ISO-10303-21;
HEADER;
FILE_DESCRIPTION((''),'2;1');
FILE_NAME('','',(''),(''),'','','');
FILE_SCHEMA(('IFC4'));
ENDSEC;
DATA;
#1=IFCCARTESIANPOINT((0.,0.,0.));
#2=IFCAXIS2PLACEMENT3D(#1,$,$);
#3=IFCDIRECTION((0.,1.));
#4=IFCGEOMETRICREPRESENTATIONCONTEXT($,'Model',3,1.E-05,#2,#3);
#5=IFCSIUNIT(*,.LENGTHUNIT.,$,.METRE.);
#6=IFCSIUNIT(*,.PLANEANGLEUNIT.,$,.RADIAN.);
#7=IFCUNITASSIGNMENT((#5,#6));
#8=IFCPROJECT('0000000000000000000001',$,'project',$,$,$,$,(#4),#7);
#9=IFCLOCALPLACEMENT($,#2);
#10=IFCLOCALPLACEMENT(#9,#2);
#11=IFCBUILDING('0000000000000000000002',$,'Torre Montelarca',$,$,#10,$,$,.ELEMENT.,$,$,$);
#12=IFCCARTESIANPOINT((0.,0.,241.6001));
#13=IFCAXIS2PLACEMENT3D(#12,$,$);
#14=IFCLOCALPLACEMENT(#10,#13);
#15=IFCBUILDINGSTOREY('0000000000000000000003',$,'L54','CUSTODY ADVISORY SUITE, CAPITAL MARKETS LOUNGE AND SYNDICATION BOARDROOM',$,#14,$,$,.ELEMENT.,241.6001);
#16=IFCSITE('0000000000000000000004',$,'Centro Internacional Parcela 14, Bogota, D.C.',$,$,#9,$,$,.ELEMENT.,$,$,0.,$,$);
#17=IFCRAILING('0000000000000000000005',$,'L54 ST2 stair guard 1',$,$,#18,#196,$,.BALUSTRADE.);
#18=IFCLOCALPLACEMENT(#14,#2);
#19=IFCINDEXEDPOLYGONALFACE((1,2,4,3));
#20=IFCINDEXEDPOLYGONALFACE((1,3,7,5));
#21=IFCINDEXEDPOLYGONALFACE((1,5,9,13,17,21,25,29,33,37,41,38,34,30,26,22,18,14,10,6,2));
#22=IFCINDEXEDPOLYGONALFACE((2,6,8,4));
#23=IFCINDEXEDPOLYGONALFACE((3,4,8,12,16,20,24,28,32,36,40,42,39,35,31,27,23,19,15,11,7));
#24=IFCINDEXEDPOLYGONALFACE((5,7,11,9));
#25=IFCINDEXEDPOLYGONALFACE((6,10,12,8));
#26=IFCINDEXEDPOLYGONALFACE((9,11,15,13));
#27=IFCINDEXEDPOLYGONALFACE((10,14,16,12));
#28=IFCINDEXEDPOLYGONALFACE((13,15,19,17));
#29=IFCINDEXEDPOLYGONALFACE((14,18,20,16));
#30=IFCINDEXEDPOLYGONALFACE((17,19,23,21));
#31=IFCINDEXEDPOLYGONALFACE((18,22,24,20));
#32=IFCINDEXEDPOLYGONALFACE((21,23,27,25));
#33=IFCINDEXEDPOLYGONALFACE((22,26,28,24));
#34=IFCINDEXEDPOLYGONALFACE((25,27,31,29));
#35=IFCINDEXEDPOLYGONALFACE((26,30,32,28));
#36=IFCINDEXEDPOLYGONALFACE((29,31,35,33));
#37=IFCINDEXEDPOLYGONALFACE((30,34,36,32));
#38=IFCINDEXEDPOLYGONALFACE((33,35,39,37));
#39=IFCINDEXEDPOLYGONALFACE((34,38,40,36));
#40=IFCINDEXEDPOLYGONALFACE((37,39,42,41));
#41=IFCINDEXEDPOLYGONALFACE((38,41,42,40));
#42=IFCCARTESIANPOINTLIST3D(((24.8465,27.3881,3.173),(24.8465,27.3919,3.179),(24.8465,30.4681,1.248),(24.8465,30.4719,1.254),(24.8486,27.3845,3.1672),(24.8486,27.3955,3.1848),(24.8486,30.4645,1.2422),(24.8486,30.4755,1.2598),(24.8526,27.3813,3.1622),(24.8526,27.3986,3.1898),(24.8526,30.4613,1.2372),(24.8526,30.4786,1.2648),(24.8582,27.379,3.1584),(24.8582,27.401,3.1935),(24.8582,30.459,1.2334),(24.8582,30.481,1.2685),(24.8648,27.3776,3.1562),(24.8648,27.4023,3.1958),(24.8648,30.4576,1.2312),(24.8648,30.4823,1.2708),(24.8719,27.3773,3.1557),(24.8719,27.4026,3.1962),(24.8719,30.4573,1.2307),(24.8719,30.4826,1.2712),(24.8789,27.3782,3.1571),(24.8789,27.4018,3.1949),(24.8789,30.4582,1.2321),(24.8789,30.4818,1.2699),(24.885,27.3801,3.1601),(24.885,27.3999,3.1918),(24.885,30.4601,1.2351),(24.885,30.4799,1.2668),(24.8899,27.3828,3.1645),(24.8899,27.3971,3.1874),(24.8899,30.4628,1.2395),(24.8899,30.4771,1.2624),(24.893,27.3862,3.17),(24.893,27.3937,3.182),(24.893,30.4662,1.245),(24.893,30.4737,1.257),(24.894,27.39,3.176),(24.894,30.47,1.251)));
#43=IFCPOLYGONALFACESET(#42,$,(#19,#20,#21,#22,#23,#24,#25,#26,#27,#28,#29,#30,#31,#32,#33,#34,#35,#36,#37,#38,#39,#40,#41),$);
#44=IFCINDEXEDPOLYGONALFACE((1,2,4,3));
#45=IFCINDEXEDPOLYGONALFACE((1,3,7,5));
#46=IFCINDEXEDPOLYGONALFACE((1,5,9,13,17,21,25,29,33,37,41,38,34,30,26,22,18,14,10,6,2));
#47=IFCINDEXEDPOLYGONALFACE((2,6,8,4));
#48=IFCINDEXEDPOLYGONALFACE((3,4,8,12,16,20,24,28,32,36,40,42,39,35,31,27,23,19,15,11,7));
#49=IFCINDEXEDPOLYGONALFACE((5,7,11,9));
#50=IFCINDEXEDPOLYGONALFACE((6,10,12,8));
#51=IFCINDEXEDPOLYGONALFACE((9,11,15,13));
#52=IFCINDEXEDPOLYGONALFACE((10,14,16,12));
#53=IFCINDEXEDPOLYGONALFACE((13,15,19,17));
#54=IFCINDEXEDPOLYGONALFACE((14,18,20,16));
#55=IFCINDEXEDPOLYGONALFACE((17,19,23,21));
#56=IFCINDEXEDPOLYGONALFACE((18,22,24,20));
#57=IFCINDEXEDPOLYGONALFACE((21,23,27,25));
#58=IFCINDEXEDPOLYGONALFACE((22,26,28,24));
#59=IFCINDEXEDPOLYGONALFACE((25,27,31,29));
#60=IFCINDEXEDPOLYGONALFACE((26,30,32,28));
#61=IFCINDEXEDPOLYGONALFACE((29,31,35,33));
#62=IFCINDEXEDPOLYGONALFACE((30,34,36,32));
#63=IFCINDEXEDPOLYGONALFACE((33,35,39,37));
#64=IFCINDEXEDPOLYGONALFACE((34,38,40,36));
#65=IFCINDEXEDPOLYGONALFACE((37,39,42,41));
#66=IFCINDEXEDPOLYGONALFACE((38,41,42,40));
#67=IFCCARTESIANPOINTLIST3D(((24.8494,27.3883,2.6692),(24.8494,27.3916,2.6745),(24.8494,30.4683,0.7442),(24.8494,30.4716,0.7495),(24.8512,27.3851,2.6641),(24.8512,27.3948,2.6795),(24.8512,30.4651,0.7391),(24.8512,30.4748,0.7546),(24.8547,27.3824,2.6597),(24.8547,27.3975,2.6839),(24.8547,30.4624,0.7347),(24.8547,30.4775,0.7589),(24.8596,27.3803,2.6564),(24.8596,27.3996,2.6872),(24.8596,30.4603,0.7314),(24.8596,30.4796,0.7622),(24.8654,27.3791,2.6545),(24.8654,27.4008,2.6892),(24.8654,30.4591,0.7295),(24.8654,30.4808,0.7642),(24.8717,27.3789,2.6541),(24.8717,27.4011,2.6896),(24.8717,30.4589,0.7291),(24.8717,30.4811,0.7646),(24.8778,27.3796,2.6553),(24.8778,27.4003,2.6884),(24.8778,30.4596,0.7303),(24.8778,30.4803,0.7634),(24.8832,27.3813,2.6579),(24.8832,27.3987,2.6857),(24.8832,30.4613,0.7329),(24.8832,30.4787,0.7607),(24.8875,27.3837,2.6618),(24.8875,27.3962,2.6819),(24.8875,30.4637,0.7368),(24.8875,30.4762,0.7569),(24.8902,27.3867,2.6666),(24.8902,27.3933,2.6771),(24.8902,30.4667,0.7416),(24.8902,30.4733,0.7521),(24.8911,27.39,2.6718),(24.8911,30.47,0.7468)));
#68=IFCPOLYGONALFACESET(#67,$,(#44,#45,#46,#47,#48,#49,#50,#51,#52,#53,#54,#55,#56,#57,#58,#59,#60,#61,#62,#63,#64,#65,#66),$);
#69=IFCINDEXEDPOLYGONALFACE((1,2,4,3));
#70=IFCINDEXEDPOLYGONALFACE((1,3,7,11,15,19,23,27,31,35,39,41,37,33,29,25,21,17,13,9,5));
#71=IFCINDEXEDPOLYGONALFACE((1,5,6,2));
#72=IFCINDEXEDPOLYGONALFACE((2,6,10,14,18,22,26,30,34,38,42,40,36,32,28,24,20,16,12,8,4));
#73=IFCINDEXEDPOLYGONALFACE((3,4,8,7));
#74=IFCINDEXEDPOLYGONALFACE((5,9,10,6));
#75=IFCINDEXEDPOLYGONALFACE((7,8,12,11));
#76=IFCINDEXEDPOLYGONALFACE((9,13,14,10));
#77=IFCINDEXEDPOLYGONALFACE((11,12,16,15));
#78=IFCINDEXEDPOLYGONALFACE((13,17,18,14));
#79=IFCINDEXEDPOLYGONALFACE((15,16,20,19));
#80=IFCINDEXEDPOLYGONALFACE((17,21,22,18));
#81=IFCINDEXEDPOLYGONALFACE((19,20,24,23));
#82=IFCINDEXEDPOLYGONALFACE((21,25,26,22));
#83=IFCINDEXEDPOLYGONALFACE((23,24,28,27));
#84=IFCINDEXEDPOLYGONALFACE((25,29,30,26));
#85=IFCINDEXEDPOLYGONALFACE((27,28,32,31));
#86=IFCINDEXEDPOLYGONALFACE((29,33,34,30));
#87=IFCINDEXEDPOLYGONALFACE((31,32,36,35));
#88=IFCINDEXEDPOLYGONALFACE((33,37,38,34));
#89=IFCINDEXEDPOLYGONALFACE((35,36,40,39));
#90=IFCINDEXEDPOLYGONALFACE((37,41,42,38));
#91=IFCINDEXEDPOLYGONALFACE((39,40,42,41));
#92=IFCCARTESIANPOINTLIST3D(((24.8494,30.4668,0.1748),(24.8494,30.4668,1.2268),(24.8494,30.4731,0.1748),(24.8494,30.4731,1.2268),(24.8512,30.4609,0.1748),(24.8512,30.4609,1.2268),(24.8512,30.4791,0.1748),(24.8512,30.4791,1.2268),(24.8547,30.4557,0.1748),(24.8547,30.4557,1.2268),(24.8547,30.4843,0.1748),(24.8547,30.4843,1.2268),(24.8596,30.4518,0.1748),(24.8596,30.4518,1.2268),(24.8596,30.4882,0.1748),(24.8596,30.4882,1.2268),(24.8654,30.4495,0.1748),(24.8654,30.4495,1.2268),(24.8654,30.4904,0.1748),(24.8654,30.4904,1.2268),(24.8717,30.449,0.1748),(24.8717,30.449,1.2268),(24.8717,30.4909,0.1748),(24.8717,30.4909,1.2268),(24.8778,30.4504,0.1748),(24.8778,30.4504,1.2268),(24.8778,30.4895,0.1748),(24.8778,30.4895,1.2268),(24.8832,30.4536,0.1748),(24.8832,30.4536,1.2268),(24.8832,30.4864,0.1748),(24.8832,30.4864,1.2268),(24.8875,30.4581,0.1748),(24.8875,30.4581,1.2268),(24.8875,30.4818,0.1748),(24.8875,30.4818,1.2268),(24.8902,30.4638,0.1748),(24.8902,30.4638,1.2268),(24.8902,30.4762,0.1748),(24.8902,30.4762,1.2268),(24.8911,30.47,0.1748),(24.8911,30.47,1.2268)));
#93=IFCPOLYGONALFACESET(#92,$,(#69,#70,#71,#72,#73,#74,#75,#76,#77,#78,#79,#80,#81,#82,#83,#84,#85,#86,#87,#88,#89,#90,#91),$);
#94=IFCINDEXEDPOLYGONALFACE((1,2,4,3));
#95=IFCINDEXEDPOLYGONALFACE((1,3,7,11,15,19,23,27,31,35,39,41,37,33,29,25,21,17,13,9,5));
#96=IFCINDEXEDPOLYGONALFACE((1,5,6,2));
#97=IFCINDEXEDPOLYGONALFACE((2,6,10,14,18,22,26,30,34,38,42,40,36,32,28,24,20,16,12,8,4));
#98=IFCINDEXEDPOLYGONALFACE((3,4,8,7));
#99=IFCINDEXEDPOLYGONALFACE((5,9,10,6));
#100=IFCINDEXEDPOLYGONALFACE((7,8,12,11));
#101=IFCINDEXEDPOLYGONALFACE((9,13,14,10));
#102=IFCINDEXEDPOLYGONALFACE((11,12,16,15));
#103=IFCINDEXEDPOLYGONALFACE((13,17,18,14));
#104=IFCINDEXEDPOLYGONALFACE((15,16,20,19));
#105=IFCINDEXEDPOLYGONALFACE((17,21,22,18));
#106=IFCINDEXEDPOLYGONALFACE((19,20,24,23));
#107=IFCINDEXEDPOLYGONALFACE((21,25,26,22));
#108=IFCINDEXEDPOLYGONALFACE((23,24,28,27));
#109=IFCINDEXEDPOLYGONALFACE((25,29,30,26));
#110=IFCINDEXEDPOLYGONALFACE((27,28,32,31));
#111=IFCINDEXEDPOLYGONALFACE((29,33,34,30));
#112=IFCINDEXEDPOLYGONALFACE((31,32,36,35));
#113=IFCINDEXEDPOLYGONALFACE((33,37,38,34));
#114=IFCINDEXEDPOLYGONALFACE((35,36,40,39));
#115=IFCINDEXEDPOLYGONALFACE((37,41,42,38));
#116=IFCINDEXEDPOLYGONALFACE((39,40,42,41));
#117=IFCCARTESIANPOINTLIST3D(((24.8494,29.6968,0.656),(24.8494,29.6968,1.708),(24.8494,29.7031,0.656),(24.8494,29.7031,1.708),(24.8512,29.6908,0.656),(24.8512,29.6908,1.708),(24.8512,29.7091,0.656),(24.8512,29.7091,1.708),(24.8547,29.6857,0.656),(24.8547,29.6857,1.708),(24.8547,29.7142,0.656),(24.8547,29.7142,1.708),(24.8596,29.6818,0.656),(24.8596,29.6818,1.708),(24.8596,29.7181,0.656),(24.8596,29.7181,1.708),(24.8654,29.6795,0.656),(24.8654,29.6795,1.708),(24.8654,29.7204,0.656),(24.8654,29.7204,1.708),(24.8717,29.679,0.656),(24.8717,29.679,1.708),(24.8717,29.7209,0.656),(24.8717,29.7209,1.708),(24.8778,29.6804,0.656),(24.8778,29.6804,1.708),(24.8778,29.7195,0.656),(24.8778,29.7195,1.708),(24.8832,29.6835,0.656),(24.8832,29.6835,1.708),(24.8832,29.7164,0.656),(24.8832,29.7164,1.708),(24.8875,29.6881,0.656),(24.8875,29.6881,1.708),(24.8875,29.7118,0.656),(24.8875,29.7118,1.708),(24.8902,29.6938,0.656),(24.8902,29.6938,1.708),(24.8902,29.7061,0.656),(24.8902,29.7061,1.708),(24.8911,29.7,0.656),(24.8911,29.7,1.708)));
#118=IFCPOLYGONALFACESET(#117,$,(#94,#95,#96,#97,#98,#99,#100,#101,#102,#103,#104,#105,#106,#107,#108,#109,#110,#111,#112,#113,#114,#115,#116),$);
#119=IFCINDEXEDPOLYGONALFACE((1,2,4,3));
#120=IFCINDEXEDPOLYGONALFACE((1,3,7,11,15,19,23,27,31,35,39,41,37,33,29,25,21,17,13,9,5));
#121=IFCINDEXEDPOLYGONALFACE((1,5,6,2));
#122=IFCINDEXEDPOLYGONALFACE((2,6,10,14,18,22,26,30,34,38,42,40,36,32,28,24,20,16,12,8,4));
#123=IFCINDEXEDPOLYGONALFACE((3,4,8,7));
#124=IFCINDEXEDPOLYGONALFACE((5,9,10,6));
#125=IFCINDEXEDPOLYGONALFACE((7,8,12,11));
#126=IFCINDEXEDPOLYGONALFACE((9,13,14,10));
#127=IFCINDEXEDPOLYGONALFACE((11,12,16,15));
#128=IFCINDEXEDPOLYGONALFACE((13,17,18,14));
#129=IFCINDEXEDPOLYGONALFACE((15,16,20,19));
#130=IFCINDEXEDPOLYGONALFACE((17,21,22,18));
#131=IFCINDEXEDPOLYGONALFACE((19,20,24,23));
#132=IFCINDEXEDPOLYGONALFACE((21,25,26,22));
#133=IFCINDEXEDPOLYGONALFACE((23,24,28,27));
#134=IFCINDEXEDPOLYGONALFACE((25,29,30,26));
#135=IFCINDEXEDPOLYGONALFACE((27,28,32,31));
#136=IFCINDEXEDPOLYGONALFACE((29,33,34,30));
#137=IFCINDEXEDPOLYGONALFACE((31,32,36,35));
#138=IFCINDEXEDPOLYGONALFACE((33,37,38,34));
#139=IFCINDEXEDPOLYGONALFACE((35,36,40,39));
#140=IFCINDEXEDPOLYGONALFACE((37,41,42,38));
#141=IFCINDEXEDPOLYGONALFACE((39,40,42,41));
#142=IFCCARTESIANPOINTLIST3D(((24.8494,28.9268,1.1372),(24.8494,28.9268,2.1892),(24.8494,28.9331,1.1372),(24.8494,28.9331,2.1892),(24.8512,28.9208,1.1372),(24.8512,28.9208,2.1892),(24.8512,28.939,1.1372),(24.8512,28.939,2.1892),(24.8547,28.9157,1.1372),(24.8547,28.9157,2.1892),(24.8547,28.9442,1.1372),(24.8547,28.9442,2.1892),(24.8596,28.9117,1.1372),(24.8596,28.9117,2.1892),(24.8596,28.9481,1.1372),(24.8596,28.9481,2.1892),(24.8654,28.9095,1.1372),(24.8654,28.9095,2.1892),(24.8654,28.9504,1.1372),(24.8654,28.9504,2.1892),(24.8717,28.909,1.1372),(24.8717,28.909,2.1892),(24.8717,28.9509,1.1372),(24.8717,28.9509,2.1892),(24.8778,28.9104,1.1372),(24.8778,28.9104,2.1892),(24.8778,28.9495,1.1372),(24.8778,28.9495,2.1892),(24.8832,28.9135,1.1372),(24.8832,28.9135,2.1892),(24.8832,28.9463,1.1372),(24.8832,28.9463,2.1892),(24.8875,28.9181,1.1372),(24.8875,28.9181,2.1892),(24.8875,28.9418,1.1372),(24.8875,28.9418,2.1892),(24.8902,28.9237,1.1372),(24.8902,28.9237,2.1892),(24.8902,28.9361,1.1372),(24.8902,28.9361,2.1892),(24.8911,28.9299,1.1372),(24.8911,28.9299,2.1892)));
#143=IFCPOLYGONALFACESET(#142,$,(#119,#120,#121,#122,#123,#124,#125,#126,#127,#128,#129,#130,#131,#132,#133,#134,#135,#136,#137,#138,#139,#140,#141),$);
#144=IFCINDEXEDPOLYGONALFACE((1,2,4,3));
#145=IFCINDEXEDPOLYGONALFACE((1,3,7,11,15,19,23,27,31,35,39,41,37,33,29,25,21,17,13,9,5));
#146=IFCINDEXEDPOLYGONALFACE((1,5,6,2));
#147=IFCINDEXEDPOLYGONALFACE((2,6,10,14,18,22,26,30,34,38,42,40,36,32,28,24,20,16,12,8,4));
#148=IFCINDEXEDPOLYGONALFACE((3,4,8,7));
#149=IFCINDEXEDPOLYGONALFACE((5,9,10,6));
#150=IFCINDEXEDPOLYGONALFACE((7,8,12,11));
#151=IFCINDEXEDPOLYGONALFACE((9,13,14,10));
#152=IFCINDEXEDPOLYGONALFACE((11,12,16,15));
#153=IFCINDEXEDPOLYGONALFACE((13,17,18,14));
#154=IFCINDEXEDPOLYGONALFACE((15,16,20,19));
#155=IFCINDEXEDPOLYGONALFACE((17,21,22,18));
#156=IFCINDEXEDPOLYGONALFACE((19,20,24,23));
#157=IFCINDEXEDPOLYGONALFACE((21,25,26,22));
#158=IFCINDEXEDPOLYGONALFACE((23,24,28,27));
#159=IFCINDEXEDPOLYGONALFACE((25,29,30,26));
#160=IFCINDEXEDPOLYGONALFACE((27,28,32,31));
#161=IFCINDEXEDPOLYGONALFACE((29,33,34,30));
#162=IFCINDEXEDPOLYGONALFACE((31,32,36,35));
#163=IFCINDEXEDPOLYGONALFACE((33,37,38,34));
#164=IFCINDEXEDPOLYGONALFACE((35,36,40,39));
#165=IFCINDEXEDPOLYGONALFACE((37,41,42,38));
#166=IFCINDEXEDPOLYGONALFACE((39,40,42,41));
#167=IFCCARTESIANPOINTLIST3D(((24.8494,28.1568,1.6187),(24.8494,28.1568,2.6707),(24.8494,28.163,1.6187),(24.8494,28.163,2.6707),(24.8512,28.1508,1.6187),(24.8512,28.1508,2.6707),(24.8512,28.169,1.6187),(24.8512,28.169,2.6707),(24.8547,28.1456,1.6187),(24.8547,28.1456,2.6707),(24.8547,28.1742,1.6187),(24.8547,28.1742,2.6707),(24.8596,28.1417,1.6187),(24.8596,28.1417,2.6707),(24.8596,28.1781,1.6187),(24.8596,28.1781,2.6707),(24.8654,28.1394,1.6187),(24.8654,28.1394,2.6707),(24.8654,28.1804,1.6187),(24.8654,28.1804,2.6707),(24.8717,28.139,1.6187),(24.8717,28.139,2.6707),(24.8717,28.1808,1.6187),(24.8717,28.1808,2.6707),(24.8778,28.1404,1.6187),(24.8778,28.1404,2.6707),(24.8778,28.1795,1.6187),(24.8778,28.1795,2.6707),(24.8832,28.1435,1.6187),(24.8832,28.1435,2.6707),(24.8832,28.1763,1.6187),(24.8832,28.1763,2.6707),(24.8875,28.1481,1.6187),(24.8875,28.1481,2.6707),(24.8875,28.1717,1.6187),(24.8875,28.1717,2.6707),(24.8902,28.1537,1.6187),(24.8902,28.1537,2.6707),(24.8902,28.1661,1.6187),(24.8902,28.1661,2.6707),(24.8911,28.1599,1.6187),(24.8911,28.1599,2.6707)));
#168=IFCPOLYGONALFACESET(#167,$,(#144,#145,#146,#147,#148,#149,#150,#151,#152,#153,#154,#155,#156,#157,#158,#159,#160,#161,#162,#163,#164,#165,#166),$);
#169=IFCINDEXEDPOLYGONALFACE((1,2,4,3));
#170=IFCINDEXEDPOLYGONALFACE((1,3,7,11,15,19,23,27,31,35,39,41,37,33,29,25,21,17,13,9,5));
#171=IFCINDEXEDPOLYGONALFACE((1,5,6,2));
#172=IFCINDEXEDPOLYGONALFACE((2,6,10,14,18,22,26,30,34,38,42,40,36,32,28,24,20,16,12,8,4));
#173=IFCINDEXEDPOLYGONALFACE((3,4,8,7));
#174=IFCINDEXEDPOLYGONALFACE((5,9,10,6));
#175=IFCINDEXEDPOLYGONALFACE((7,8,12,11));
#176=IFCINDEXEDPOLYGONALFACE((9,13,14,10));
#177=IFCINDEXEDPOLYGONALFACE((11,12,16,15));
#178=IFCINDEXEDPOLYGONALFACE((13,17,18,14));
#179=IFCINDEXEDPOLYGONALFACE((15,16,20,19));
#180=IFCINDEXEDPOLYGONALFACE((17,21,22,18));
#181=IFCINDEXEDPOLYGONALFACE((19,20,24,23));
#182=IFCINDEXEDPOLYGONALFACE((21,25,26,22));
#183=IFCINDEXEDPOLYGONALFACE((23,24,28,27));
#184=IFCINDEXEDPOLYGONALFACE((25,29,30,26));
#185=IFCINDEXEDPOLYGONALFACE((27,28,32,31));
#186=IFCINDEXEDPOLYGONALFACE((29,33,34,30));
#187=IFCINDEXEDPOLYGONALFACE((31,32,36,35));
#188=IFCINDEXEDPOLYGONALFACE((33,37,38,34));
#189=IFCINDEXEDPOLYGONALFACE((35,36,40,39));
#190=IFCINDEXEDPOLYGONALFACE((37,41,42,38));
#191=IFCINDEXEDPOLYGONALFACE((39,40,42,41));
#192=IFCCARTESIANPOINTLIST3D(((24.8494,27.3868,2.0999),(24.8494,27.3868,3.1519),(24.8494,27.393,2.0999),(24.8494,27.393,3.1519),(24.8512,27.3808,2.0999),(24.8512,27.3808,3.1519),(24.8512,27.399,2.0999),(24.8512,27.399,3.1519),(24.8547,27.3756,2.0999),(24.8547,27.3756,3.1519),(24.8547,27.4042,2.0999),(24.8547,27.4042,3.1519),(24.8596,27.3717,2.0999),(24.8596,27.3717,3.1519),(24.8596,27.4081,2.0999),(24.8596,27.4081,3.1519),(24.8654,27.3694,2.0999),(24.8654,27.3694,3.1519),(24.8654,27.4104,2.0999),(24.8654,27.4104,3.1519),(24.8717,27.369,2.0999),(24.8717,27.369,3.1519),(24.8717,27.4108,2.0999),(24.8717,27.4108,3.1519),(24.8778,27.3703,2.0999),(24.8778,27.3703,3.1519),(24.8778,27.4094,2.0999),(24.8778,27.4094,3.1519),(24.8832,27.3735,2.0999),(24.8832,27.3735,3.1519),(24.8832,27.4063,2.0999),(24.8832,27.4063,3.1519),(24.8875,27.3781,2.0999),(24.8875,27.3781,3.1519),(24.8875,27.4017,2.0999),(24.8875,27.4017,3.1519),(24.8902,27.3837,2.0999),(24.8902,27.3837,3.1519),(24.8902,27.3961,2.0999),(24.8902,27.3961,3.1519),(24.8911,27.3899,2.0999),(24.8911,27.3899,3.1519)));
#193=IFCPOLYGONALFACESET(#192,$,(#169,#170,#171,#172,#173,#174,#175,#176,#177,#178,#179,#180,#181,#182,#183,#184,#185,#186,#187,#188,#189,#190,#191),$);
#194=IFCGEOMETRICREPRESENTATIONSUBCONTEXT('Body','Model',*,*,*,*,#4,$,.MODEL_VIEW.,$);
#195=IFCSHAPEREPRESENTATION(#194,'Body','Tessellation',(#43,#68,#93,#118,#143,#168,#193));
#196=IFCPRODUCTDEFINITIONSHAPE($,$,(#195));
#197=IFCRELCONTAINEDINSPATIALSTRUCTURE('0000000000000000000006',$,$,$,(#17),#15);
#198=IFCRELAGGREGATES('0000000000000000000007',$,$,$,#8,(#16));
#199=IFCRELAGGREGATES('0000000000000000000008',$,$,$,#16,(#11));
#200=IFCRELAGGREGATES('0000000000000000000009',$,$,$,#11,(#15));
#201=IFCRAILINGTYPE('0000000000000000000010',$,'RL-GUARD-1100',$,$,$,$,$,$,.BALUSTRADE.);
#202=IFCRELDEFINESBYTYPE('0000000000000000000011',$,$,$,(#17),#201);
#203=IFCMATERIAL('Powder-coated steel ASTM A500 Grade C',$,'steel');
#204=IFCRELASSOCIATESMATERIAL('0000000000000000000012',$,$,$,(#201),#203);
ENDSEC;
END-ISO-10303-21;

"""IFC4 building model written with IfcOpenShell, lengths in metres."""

from ifc_helpers import new_model, si_unit, direction, frame, origin, origin_2d, place, context, subcontext, project, spatial, circle, extrude, material, type_object, element, save


model = new_model("IFC4")

# Units and contexts
model_context = context("Model", 3, precision=1e-05, world=origin(), true_north=direction((0.0, 1.0)))
body_context = subcontext(model_context, "Body", "Model", "MODEL_VIEW")
ifc_project = project(units=[si_unit("LENGTHUNIT", "METRE"), si_unit("PLANEANGLEUNIT", "RADIAN")], contexts=[model_context])

# Site, building, storey
site_placement = place(None, origin())
site = spatial("IfcSite", under=ifc_project, at=site_placement, Name="Centro Internacional Parcela 14, Bogota, D.C.", CompositionType="ELEMENT", RefElevation=0.0)
building_placement = place(site_placement, origin())
building = spatial("IfcBuilding", under=site, at=building_placement, Name="Torre Montelarca", CompositionType="ELEMENT")
storey_placement = place(building_placement, frame((0.0, 0.0, 241.6001)))
storey = spatial("IfcBuildingStorey", under=building, at=storey_placement, Name="L54", Description="CUSTODY ADVISORY SUITE, CAPITAL MARKETS LOUNGE AND SYNDICATION BOARDROOM", CompositionType="ELEMENT", Elevation=241.6001)

# Railing
ifc_material_1 = material(Name="Powder-coated steel ASTM A500 Grade C", Category="steel")
railing_type_1 = type_object("IfcRailingType", Name="RL-GUARD-1100", PredefinedType="BALUSTRADE", material=ifc_material_1)
railing_1_placement = place(storey_placement, frame((24.8701, 30.47, 0.1748)))
element("IfcRailing", 1, at=railing_1_placement, inside=storey, type_object=railing_type_1, Name="L54 ST2 stair guard 1", PredefinedType="BALUSTRADE", context=body_context, shape_type="SweptSolid", body=[
    extrude(circle(Radius=0.0239, at=origin_2d()), frame((0.0, 0.0, 1.0762), z_axis=(0.0, -0.847998, 0.529999), x_axis=(1.0, 0.0, 0.0)), (0.0, 0.0, 1.0), 3.6321),
    extrude(circle(Radius=0.021, at=origin_2d()), frame((0.0, 0.0, 0.572), z_axis=(0.0, -0.847998, 0.529999), x_axis=(1.0, 0.0, 0.0)), (0.0, 0.0, 1.0), 3.6321),
    extrude(circle(Radius=0.021, at=origin_2d()), origin(), (0.0, 0.0, 1.0), 1.052),
    extrude(circle(Radius=0.021, at=origin_2d()), frame((0.0, -0.77, 0.4812)), (0.0, 0.0, 1.0), 1.052),
    extrude(circle(Radius=0.021, at=origin_2d()), frame((0.0, -1.54, 0.9624)), (0.0, 0.0, 1.0), 1.052),
    extrude(circle(Radius=0.021, at=origin_2d()), frame((0.0, -2.3101, 1.4438)), (0.0, 0.0, 1.0), 1.052),
    extrude(circle(Radius=0.021, at=origin_2d()), frame((0.0, -3.0801, 1.925)), (0.0, 0.0, 1.0), 1.052),
])

save(model, "model.ifc")
